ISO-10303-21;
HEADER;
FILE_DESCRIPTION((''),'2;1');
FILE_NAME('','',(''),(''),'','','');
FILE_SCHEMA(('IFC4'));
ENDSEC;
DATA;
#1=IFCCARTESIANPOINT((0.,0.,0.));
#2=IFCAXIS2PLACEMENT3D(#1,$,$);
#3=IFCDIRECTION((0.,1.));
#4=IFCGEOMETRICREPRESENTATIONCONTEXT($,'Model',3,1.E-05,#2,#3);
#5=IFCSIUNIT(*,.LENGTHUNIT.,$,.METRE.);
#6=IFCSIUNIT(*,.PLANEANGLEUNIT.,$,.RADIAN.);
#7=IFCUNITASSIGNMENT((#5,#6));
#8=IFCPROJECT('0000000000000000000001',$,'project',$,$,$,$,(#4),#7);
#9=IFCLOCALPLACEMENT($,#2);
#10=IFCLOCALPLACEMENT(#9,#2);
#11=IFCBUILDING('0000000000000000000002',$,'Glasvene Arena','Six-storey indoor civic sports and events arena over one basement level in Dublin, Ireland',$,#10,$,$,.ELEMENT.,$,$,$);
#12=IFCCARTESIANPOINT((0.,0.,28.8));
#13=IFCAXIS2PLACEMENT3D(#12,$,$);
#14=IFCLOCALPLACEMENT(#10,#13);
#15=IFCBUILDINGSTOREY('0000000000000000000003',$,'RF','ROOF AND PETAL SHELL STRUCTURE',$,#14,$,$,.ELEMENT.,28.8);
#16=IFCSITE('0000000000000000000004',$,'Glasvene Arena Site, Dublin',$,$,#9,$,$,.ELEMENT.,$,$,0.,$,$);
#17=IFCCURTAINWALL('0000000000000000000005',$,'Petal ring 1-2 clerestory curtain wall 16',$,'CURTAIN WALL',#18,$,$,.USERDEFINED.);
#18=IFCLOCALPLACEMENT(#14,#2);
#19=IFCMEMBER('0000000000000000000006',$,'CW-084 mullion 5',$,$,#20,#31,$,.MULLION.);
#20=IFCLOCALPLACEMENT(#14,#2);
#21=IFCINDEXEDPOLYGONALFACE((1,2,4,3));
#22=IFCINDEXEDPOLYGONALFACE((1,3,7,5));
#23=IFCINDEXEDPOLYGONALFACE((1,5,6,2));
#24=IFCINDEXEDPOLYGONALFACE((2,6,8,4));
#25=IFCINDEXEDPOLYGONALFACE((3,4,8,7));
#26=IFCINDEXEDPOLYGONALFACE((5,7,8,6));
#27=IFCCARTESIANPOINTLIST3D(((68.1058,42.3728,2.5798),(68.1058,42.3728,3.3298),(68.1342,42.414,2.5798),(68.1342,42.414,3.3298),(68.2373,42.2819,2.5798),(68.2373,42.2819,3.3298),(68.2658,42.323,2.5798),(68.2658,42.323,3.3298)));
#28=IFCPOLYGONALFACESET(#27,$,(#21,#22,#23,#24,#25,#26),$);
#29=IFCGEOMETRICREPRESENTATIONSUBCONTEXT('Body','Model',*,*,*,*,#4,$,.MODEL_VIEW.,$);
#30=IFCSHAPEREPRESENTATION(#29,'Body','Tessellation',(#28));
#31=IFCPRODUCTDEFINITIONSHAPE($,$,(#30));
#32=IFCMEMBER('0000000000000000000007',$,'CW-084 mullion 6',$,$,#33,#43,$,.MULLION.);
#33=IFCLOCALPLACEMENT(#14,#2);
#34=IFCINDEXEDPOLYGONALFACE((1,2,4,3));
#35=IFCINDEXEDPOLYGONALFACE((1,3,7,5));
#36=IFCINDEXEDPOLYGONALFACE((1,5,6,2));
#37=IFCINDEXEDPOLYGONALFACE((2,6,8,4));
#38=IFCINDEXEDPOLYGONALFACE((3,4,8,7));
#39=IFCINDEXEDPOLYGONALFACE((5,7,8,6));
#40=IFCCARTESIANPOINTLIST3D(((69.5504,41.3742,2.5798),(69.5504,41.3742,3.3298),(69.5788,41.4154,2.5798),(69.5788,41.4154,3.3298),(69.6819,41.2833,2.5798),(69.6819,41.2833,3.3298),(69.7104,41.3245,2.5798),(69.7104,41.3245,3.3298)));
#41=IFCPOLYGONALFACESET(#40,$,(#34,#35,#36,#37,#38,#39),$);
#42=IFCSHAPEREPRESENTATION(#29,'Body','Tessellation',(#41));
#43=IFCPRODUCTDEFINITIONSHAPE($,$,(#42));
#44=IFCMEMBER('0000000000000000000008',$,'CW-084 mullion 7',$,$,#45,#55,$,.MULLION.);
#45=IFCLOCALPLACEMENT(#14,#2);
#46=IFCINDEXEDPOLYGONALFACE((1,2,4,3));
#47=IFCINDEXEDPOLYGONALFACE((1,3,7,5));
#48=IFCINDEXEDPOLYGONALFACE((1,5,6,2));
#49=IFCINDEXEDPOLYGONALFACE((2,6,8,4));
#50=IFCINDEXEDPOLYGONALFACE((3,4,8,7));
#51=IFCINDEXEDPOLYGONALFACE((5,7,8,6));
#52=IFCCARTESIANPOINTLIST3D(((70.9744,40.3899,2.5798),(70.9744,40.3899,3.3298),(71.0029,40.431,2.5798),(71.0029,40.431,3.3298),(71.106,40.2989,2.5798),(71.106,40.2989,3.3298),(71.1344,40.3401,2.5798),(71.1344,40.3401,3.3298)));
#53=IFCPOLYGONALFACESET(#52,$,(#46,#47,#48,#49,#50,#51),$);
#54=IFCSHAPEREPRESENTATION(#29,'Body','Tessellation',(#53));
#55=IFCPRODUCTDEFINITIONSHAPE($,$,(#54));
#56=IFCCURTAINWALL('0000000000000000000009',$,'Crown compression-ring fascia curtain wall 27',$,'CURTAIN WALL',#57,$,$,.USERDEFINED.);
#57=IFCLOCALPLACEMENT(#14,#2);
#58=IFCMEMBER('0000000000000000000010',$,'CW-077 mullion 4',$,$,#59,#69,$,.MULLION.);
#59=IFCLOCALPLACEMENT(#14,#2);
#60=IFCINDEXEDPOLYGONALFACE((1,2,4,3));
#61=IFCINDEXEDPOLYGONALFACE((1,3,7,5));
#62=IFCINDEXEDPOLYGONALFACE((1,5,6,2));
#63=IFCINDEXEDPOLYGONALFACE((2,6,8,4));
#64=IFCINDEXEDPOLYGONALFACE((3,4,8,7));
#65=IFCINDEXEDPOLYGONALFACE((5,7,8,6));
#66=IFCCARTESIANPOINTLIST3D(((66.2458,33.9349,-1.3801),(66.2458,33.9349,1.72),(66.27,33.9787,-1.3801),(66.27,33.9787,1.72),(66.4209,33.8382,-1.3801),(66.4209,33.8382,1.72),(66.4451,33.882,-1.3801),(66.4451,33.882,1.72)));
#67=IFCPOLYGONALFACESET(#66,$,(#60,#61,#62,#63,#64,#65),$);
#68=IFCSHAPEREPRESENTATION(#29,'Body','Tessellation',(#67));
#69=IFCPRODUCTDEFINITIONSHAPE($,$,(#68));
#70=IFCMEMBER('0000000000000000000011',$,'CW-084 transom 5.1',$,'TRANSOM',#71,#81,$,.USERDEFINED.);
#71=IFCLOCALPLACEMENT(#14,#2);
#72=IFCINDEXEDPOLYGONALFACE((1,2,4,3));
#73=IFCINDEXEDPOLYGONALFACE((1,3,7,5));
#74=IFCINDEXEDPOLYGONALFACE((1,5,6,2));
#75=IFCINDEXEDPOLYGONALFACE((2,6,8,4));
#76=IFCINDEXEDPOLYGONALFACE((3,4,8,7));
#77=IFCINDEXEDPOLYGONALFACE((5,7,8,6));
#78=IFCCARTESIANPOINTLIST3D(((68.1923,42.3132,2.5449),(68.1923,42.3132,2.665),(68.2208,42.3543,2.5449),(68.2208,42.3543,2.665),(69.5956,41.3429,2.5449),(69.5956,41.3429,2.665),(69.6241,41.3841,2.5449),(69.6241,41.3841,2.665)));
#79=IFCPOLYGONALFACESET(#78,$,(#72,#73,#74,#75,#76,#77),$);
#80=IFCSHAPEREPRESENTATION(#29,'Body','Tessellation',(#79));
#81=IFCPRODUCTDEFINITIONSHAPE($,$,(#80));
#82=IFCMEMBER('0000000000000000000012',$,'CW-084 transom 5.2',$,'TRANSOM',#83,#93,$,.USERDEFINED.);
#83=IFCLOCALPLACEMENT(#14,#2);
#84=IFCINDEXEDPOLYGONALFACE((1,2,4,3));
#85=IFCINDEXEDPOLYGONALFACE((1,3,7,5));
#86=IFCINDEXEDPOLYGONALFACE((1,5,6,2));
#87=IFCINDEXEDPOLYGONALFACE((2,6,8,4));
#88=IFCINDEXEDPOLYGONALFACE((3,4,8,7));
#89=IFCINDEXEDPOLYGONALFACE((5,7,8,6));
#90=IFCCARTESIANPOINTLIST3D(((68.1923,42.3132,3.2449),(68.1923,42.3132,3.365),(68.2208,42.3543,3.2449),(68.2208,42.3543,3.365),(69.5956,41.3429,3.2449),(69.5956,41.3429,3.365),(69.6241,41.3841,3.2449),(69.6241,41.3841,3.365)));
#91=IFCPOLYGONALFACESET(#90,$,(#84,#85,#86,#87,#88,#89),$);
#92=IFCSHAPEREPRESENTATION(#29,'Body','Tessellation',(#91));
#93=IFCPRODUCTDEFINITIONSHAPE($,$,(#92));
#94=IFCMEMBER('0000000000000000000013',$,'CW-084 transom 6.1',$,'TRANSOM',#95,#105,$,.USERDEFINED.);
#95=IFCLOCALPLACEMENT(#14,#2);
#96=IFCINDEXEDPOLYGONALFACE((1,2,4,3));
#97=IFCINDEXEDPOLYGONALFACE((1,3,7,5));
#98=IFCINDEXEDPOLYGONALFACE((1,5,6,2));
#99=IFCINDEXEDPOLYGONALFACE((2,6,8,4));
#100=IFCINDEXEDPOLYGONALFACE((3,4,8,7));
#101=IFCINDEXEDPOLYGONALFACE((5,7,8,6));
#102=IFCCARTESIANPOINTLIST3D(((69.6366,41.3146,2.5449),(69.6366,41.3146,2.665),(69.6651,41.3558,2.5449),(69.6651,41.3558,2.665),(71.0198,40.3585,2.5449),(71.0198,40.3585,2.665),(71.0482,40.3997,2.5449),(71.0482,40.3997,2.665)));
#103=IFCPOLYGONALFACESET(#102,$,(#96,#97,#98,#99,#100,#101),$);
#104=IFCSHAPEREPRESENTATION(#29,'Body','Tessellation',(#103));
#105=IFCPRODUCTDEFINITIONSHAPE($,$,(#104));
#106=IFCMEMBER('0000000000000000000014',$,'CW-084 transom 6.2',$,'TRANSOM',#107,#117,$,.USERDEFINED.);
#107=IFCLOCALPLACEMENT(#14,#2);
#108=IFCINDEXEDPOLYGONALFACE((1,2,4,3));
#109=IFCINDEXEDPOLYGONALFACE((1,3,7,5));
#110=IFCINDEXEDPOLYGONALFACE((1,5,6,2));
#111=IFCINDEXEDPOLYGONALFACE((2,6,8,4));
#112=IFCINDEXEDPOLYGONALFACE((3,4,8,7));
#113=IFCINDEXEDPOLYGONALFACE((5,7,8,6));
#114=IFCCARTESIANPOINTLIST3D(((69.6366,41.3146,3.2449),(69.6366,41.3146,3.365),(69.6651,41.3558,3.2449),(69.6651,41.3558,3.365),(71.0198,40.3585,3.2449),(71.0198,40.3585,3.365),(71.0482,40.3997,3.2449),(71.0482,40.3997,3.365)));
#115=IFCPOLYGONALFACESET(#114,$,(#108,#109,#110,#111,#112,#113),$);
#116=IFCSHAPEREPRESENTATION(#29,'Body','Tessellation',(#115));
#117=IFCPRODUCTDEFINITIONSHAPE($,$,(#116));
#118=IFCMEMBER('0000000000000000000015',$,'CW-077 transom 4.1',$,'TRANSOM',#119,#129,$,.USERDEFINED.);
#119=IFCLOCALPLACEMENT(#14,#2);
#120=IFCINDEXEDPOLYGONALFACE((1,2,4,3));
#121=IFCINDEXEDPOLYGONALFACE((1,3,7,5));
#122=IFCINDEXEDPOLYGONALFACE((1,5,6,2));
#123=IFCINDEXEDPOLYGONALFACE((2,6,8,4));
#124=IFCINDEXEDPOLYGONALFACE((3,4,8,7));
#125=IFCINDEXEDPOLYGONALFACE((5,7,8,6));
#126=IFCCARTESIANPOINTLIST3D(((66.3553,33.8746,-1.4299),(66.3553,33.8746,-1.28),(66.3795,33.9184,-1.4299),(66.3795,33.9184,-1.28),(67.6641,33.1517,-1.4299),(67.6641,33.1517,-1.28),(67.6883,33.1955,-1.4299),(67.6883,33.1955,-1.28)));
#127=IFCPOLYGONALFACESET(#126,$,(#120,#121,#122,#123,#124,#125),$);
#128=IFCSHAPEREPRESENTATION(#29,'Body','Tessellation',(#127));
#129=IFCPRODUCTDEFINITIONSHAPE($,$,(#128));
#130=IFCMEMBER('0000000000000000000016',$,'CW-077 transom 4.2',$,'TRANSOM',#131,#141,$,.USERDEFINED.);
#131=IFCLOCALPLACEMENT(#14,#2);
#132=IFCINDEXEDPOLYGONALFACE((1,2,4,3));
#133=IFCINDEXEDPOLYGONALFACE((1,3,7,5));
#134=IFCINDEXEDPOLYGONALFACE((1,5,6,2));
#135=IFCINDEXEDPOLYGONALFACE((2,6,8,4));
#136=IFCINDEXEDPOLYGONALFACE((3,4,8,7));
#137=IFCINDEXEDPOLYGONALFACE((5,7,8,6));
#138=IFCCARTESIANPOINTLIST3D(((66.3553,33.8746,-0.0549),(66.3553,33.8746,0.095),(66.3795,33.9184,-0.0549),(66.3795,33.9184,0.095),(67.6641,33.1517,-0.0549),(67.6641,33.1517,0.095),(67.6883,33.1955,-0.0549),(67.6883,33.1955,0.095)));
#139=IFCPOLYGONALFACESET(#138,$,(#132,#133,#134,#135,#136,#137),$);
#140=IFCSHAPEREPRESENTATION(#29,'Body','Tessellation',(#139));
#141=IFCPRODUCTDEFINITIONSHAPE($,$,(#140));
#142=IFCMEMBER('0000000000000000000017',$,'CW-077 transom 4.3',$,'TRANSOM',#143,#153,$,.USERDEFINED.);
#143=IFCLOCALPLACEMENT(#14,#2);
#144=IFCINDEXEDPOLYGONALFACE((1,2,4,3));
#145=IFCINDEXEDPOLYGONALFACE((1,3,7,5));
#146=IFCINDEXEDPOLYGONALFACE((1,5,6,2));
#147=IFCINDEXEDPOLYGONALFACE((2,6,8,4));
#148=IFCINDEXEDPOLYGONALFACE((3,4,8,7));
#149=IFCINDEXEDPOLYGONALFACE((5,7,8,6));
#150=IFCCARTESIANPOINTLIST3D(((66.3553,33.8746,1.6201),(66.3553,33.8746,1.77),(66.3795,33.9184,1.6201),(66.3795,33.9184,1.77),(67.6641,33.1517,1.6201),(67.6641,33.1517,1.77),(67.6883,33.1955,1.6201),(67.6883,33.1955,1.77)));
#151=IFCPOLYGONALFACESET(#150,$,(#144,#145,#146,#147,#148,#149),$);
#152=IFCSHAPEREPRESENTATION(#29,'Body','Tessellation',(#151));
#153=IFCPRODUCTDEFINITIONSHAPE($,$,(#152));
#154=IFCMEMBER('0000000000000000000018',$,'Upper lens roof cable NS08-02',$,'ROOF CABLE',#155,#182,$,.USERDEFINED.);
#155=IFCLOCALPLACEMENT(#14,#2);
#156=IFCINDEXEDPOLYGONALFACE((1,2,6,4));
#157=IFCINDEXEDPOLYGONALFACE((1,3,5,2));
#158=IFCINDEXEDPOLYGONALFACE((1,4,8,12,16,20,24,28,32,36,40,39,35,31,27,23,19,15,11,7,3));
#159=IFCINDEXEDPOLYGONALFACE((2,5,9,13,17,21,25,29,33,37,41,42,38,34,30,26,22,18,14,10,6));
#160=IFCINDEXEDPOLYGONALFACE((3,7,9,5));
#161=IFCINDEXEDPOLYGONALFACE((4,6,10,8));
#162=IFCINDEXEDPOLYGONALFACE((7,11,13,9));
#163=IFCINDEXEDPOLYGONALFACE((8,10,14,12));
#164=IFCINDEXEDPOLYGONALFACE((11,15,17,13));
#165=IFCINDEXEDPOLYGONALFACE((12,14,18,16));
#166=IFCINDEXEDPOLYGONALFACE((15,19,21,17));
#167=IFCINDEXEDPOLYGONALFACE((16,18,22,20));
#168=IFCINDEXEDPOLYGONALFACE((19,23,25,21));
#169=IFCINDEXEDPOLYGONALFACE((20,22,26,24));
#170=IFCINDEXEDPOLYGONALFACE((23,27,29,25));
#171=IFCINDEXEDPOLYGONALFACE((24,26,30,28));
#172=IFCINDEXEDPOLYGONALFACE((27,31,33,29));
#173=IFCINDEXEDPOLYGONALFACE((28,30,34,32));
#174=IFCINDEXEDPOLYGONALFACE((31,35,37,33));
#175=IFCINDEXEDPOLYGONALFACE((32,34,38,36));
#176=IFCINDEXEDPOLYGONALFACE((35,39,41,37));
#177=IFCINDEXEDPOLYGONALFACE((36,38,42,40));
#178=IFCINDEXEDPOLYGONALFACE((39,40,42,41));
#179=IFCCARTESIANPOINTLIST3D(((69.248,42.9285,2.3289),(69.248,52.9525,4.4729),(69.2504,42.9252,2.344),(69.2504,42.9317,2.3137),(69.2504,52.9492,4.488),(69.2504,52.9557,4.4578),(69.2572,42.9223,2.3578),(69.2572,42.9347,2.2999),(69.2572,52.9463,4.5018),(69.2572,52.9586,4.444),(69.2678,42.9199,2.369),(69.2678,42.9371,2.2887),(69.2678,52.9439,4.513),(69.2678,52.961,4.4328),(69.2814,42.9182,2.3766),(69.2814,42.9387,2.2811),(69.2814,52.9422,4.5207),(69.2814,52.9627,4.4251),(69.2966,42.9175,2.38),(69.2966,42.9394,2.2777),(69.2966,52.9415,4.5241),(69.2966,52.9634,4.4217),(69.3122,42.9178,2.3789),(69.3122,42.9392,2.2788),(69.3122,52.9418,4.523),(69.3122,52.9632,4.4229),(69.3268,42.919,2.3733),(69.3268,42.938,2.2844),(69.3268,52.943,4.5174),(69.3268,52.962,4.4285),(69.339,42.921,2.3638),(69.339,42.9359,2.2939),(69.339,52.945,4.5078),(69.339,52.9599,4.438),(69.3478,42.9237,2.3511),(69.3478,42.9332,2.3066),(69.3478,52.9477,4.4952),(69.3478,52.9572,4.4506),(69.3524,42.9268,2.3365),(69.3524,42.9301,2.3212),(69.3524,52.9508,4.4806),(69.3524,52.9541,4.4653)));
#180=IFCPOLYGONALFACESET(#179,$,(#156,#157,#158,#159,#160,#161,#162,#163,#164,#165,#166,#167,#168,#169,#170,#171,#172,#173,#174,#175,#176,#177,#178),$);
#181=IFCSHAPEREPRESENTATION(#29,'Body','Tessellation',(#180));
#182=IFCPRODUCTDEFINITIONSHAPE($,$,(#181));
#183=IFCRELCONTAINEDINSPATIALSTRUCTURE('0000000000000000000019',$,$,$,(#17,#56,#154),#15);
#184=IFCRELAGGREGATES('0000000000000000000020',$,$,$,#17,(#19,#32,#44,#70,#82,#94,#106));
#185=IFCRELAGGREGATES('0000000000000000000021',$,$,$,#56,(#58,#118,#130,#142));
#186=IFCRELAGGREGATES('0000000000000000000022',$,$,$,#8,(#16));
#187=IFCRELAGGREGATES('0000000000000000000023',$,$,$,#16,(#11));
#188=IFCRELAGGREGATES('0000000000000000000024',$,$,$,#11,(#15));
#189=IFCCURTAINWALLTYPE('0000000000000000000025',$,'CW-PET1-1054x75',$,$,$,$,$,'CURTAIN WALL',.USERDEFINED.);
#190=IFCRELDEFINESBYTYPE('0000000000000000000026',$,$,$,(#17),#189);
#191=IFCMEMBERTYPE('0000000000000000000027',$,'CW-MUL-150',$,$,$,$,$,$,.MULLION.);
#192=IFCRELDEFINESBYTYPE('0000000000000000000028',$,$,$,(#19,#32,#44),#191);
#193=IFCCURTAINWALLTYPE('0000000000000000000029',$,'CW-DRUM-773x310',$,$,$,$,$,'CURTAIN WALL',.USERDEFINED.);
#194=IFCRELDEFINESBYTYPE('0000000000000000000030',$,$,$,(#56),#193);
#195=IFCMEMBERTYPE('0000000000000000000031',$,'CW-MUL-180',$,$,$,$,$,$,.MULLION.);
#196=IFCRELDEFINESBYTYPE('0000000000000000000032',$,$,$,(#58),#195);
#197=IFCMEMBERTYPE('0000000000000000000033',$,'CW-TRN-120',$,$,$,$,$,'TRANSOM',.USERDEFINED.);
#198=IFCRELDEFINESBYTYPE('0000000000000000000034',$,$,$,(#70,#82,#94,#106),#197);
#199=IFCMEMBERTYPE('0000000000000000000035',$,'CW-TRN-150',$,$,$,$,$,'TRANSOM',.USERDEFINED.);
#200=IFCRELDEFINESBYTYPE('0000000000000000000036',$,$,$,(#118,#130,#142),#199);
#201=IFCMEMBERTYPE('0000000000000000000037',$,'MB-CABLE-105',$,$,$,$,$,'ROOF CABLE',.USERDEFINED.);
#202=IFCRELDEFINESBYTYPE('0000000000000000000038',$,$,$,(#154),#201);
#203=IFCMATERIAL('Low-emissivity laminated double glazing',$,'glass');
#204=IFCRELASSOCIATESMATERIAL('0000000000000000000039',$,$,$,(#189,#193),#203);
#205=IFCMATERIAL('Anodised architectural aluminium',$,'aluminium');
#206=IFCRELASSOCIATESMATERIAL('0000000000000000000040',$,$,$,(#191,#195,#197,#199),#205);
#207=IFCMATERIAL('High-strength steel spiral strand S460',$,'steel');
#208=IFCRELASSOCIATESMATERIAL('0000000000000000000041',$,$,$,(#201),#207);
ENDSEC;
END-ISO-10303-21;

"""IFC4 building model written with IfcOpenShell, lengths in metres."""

from ifc_helpers import new_model, si_unit, direction, frame, origin, origin_2d, place, context, subcontext, project, spatial, rectangle, circle, extrude, material, material_profile, profile_set, type_object, element, aggregate, save


model = new_model("IFC4")

# Units and contexts
model_context = context("Model", 3, precision=1e-05, world=origin(), true_north=direction((0.0, 1.0)))
body_context = subcontext(model_context, "Body", "Model", "MODEL_VIEW")
ifc_project = project(units=[si_unit("LENGTHUNIT", "METRE"), si_unit("PLANEANGLEUNIT", "RADIAN")], contexts=[model_context])

# Site, building, storey
site_placement = place(None, origin())
site = spatial("IfcSite", under=ifc_project, at=site_placement, Name="Glasvene Arena Site, Dublin", CompositionType="ELEMENT", RefElevation=0.0)
building_placement = place(site_placement, origin())
building = spatial("IfcBuilding", under=site, at=building_placement, Name="Glasvene Arena", Description="Six-storey indoor civic sports and events arena over one basement level in Dublin, Ireland", CompositionType="ELEMENT")
storey_placement = place(building_placement, frame((0.0, 0.0, 28.8)))
storey = spatial("IfcBuildingStorey", under=building, at=storey_placement, Name="RF", Description="ROOF AND PETAL SHELL STRUCTURE", CompositionType="ELEMENT", Elevation=28.8)

# Curtain wall, members
ifc_material_1 = material(Name="Low-emissivity laminated double glazing", Category="glass")
curtain_wall_type_1 = type_object("IfcCurtainWallType", Name="CW-PET1-1054x75", ElementType="CURTAIN WALL", PredefinedType="USERDEFINED", material=ifc_material_1)
curtain_wall_1_placement = place(storey_placement, frame((62.4077, 46.342, 0.0)))
curtain_wall_1 = element("IfcCurtainWall", 1, at=curtain_wall_1_placement, inside=storey, type_object=curtain_wall_type_1, Name="Petal ring 1-2 clerestory curtain wall 16", ObjectType="CURTAIN WALL", PredefinedType="USERDEFINED")
ifc_material_2 = material(Name="Anodised architectural aluminium", Category="aluminium")
ifc_material_profile_1 = material_profile(ifc_material_2, rectangle(XDim=0.05, YDim=0.1599, at=origin_2d()), Name="ALU MULLION 50x160")
ifc_profile_set_1 = profile_set([ifc_material_profile_1], Name="Anodised architectural aluminium")
member_type_1 = type_object("IfcMemberType", Name="CW-MUL-150", PredefinedType="MULLION", material=ifc_profile_set_1)
member_1_placement = place(storey_placement, frame((68.1858, 42.3479, 2.5798), z_axis=(0.0, 0.0, 1.0), x_axis=(0.568619, 0.822601, 0.0)))
member_1 = element("IfcMember", 2, at=member_1_placement, type_object=member_type_1, Name="CW-084 mullion 5", PredefinedType="MULLION", context=body_context, shape_type="SweptSolid", body=[
    extrude(rectangle(XDim=0.05, YDim=0.1599, at=origin_2d()), origin(), (0.0, 0.0, 1.0), 0.75),
])
member_2_placement = place(storey_placement, frame((69.6304, 41.3494, 2.5798), z_axis=(0.0, 0.0, 1.0), x_axis=(0.568619, 0.822601, 0.0)))
member_2 = element("IfcMember", 3, at=member_2_placement, type_object=member_type_1, Name="CW-084 mullion 6", PredefinedType="MULLION", context=body_context, shape_type="SweptSolid", body=[
    extrude(rectangle(XDim=0.05, YDim=0.1599, at=origin_2d()), origin(), (0.0, 0.0, 1.0), 0.75),
])
member_3_placement = place(storey_placement, frame((71.0544, 40.365, 2.5798), z_axis=(0.0, 0.0, 1.0), x_axis=(0.568619, 0.822601, 0.0)))
member_3 = element("IfcMember", 4, at=member_3_placement, type_object=member_type_1, Name="CW-084 mullion 7", PredefinedType="MULLION", context=body_context, shape_type="SweptSolid", body=[
    extrude(rectangle(XDim=0.05, YDim=0.1599, at=origin_2d()), origin(), (0.0, 0.0, 1.0), 0.75),
])

# Curtain wall, member
curtain_wall_type_2 = type_object("IfcCurtainWallType", Name="CW-DRUM-773x310", ElementType="CURTAIN WALL", PredefinedType="USERDEFINED", material=ifc_material_1)
curtain_wall_2_placement = place(storey_placement, frame((62.2876, 36.1494, 0.0)))
curtain_wall_2 = element("IfcCurtainWall", 5, at=curtain_wall_2_placement, inside=storey, type_object=curtain_wall_type_2, Name="Crown compression-ring fascia curtain wall 27", ObjectType="CURTAIN WALL", PredefinedType="USERDEFINED")
ifc_material_profile_2 = material_profile(ifc_material_2, rectangle(XDim=0.05, YDim=0.2, at=origin_2d()), Name="ALU MULLION 50x200")
ifc_profile_set_2 = profile_set([ifc_material_profile_2], Name="Anodised architectural aluminium")
member_type_2 = type_object("IfcMemberType", Name="CW-MUL-180", PredefinedType="MULLION", material=ifc_profile_set_2)
member_4_placement = place(storey_placement, frame((66.3455, 33.9084, -1.3801), z_axis=(0.0, 0.0, 1.0), x_axis=(0.483387, 0.875407, 0.0)))
member_4 = element("IfcMember", 6, at=member_4_placement, type_object=member_type_2, Name="CW-077 mullion 4", PredefinedType="MULLION", context=body_context, shape_type="SweptSolid", body=[
    extrude(rectangle(XDim=0.05, YDim=0.2, at=origin_2d()), origin(), (0.0, 0.0, 1.0), 3.1001),
])

# Members
ifc_material_profile_3 = material_profile(ifc_material_2, rectangle(XDim=0.05, YDim=0.1201, at=origin_2d()), Name="ALU TRANSOM 50x120")
ifc_profile_set_3 = profile_set([ifc_material_profile_3], Name="Anodised architectural aluminium")
member_type_3 = type_object("IfcMemberType", Name="CW-TRN-120", ElementType="TRANSOM", PredefinedType="USERDEFINED", material=ifc_profile_set_3)
member_5_placement = place(storey_placement, frame((68.2065, 42.3337, 2.605), z_axis=(0.822553, -0.568689, 0.0), x_axis=(0.568689, 0.822553, 0.0)))
member_5 = element("IfcMember", 7, at=member_5_placement, type_object=member_type_3, Name="CW-084 transom 5.1", ObjectType="TRANSOM", PredefinedType="USERDEFINED", context=body_context, shape_type="SweptSolid", body=[
    extrude(rectangle(XDim=0.05, YDim=0.1201, at=origin_2d()), origin(), (0.0, 0.0, 1.0), 1.7061),
])
member_6_placement = place(storey_placement, frame((68.2065, 42.3337, 3.3049), z_axis=(0.822553, -0.568689, 0.0), x_axis=(0.568689, 0.822553, 0.0)))
member_6 = element("IfcMember", 8, at=member_6_placement, type_object=member_type_3, Name="CW-084 transom 5.2", ObjectType="TRANSOM", PredefinedType="USERDEFINED", context=body_context, shape_type="SweptSolid", body=[
    extrude(rectangle(XDim=0.05, YDim=0.1201, at=origin_2d()), origin(), (0.0, 0.0, 1.0), 1.7061),
])
member_7_placement = place(storey_placement, frame((69.6509, 41.3352, 2.605), z_axis=(0.822594, -0.568628, 0.0), x_axis=(0.568628, 0.822594, 0.0)))
member_7 = element("IfcMember", 9, at=member_7_placement, type_object=member_type_3, Name="CW-084 transom 6.1", ObjectType="TRANSOM", PredefinedType="USERDEFINED", context=body_context, shape_type="SweptSolid", body=[
    extrude(rectangle(XDim=0.05, YDim=0.1201, at=origin_2d()), origin(), (0.0, 0.0, 1.0), 1.6814),
])
member_8_placement = place(storey_placement, frame((69.6509, 41.3352, 3.3049), z_axis=(0.822594, -0.568628, 0.0), x_axis=(0.568628, 0.822594, 0.0)))
member_8 = element("IfcMember", 10, at=member_8_placement, type_object=member_type_3, Name="CW-084 transom 6.2", ObjectType="TRANSOM", PredefinedType="USERDEFINED", context=body_context, shape_type="SweptSolid", body=[
    extrude(rectangle(XDim=0.05, YDim=0.1201, at=origin_2d()), origin(), (0.0, 0.0, 1.0), 1.6814),
])
ifc_material_profile_4 = material_profile(ifc_material_2, rectangle(XDim=0.05, YDim=0.1499, at=origin_2d()), Name="ALU TRANSOM 50x150")
ifc_profile_set_4 = profile_set([ifc_material_profile_4], Name="Anodised architectural aluminium")
member_type_4 = type_object("IfcMemberType", Name="CW-TRN-150", ElementType="TRANSOM", PredefinedType="USERDEFINED", material=ifc_profile_set_4)
member_9_placement = place(storey_placement, frame((66.3674, 33.8965, -1.355), z_axis=(0.875356, -0.483479, 0.0), x_axis=(0.483479, 0.875356, 0.0)))
member_9 = element("IfcMember", 11, at=member_9_placement, type_object=member_type_4, Name="CW-077 transom 4.1", ObjectType="TRANSOM", PredefinedType="USERDEFINED", context=body_context, shape_type="SweptSolid", body=[
    extrude(rectangle(XDim=0.05, YDim=0.1499, at=origin_2d()), origin(), (0.0, 0.0, 1.0), 1.4951),
])
member_10_placement = place(storey_placement, frame((66.3674, 33.8965, 0.02), z_axis=(0.875356, -0.483479, 0.0), x_axis=(0.483479, 0.875356, 0.0)))
member_10 = element("IfcMember", 12, at=member_10_placement, type_object=member_type_4, Name="CW-077 transom 4.2", ObjectType="TRANSOM", PredefinedType="USERDEFINED", context=body_context, shape_type="SweptSolid", body=[
    extrude(rectangle(XDim=0.05, YDim=0.1499, at=origin_2d()), origin(), (0.0, 0.0, 1.0), 1.4951),
])
member_11_placement = place(storey_placement, frame((66.3674, 33.8965, 1.6951), z_axis=(0.875356, -0.483479, 0.0), x_axis=(0.483479, 0.875356, 0.0)))
member_11 = element("IfcMember", 13, at=member_11_placement, type_object=member_type_4, Name="CW-077 transom 4.3", ObjectType="TRANSOM", PredefinedType="USERDEFINED", context=body_context, shape_type="SweptSolid", body=[
    extrude(rectangle(XDim=0.05, YDim=0.1499, at=origin_2d()), origin(), (0.0, 0.0, 1.0), 1.4951),
])

# Member
ifc_material_3 = material(Name="High-strength steel spiral strand S460", Category="steel")
ifc_material_profile_5 = material_profile(ifc_material_3, circle(Radius=0.0525, at=origin_2d()), Name="LCSS D105")
ifc_profile_set_5 = profile_set([ifc_material_profile_5], Name="High-strength steel spiral strand S460")
member_type_5 = type_object("IfcMemberType", Name="MB-CABLE-105", ElementType="ROOF CABLE", PredefinedType="USERDEFINED", material=ifc_profile_set_5)
member_12_placement = place(storey_placement, frame((69.3005, 42.9285, 2.3289), z_axis=(0.0, 0.977881, 0.209161), x_axis=(-1.0, 0.0, 0.0)))
element("IfcMember", 14, at=member_12_placement, inside=storey, type_object=member_type_5, Name="Upper lens roof cable NS08-02", ObjectType="ROOF CABLE", PredefinedType="USERDEFINED", context=body_context, shape_type="SweptSolid", body=[
    extrude(circle(Radius=0.0525, at=origin_2d()), origin(), (0.0, 0.0, 1.0), 10.2507),
])

aggregate(curtain_wall_1, [member_1, member_2, member_3, member_5, member_6, member_7, member_8])
aggregate(curtain_wall_2, [member_4, member_9, member_10, member_11])

save(model, "model.ifc")
